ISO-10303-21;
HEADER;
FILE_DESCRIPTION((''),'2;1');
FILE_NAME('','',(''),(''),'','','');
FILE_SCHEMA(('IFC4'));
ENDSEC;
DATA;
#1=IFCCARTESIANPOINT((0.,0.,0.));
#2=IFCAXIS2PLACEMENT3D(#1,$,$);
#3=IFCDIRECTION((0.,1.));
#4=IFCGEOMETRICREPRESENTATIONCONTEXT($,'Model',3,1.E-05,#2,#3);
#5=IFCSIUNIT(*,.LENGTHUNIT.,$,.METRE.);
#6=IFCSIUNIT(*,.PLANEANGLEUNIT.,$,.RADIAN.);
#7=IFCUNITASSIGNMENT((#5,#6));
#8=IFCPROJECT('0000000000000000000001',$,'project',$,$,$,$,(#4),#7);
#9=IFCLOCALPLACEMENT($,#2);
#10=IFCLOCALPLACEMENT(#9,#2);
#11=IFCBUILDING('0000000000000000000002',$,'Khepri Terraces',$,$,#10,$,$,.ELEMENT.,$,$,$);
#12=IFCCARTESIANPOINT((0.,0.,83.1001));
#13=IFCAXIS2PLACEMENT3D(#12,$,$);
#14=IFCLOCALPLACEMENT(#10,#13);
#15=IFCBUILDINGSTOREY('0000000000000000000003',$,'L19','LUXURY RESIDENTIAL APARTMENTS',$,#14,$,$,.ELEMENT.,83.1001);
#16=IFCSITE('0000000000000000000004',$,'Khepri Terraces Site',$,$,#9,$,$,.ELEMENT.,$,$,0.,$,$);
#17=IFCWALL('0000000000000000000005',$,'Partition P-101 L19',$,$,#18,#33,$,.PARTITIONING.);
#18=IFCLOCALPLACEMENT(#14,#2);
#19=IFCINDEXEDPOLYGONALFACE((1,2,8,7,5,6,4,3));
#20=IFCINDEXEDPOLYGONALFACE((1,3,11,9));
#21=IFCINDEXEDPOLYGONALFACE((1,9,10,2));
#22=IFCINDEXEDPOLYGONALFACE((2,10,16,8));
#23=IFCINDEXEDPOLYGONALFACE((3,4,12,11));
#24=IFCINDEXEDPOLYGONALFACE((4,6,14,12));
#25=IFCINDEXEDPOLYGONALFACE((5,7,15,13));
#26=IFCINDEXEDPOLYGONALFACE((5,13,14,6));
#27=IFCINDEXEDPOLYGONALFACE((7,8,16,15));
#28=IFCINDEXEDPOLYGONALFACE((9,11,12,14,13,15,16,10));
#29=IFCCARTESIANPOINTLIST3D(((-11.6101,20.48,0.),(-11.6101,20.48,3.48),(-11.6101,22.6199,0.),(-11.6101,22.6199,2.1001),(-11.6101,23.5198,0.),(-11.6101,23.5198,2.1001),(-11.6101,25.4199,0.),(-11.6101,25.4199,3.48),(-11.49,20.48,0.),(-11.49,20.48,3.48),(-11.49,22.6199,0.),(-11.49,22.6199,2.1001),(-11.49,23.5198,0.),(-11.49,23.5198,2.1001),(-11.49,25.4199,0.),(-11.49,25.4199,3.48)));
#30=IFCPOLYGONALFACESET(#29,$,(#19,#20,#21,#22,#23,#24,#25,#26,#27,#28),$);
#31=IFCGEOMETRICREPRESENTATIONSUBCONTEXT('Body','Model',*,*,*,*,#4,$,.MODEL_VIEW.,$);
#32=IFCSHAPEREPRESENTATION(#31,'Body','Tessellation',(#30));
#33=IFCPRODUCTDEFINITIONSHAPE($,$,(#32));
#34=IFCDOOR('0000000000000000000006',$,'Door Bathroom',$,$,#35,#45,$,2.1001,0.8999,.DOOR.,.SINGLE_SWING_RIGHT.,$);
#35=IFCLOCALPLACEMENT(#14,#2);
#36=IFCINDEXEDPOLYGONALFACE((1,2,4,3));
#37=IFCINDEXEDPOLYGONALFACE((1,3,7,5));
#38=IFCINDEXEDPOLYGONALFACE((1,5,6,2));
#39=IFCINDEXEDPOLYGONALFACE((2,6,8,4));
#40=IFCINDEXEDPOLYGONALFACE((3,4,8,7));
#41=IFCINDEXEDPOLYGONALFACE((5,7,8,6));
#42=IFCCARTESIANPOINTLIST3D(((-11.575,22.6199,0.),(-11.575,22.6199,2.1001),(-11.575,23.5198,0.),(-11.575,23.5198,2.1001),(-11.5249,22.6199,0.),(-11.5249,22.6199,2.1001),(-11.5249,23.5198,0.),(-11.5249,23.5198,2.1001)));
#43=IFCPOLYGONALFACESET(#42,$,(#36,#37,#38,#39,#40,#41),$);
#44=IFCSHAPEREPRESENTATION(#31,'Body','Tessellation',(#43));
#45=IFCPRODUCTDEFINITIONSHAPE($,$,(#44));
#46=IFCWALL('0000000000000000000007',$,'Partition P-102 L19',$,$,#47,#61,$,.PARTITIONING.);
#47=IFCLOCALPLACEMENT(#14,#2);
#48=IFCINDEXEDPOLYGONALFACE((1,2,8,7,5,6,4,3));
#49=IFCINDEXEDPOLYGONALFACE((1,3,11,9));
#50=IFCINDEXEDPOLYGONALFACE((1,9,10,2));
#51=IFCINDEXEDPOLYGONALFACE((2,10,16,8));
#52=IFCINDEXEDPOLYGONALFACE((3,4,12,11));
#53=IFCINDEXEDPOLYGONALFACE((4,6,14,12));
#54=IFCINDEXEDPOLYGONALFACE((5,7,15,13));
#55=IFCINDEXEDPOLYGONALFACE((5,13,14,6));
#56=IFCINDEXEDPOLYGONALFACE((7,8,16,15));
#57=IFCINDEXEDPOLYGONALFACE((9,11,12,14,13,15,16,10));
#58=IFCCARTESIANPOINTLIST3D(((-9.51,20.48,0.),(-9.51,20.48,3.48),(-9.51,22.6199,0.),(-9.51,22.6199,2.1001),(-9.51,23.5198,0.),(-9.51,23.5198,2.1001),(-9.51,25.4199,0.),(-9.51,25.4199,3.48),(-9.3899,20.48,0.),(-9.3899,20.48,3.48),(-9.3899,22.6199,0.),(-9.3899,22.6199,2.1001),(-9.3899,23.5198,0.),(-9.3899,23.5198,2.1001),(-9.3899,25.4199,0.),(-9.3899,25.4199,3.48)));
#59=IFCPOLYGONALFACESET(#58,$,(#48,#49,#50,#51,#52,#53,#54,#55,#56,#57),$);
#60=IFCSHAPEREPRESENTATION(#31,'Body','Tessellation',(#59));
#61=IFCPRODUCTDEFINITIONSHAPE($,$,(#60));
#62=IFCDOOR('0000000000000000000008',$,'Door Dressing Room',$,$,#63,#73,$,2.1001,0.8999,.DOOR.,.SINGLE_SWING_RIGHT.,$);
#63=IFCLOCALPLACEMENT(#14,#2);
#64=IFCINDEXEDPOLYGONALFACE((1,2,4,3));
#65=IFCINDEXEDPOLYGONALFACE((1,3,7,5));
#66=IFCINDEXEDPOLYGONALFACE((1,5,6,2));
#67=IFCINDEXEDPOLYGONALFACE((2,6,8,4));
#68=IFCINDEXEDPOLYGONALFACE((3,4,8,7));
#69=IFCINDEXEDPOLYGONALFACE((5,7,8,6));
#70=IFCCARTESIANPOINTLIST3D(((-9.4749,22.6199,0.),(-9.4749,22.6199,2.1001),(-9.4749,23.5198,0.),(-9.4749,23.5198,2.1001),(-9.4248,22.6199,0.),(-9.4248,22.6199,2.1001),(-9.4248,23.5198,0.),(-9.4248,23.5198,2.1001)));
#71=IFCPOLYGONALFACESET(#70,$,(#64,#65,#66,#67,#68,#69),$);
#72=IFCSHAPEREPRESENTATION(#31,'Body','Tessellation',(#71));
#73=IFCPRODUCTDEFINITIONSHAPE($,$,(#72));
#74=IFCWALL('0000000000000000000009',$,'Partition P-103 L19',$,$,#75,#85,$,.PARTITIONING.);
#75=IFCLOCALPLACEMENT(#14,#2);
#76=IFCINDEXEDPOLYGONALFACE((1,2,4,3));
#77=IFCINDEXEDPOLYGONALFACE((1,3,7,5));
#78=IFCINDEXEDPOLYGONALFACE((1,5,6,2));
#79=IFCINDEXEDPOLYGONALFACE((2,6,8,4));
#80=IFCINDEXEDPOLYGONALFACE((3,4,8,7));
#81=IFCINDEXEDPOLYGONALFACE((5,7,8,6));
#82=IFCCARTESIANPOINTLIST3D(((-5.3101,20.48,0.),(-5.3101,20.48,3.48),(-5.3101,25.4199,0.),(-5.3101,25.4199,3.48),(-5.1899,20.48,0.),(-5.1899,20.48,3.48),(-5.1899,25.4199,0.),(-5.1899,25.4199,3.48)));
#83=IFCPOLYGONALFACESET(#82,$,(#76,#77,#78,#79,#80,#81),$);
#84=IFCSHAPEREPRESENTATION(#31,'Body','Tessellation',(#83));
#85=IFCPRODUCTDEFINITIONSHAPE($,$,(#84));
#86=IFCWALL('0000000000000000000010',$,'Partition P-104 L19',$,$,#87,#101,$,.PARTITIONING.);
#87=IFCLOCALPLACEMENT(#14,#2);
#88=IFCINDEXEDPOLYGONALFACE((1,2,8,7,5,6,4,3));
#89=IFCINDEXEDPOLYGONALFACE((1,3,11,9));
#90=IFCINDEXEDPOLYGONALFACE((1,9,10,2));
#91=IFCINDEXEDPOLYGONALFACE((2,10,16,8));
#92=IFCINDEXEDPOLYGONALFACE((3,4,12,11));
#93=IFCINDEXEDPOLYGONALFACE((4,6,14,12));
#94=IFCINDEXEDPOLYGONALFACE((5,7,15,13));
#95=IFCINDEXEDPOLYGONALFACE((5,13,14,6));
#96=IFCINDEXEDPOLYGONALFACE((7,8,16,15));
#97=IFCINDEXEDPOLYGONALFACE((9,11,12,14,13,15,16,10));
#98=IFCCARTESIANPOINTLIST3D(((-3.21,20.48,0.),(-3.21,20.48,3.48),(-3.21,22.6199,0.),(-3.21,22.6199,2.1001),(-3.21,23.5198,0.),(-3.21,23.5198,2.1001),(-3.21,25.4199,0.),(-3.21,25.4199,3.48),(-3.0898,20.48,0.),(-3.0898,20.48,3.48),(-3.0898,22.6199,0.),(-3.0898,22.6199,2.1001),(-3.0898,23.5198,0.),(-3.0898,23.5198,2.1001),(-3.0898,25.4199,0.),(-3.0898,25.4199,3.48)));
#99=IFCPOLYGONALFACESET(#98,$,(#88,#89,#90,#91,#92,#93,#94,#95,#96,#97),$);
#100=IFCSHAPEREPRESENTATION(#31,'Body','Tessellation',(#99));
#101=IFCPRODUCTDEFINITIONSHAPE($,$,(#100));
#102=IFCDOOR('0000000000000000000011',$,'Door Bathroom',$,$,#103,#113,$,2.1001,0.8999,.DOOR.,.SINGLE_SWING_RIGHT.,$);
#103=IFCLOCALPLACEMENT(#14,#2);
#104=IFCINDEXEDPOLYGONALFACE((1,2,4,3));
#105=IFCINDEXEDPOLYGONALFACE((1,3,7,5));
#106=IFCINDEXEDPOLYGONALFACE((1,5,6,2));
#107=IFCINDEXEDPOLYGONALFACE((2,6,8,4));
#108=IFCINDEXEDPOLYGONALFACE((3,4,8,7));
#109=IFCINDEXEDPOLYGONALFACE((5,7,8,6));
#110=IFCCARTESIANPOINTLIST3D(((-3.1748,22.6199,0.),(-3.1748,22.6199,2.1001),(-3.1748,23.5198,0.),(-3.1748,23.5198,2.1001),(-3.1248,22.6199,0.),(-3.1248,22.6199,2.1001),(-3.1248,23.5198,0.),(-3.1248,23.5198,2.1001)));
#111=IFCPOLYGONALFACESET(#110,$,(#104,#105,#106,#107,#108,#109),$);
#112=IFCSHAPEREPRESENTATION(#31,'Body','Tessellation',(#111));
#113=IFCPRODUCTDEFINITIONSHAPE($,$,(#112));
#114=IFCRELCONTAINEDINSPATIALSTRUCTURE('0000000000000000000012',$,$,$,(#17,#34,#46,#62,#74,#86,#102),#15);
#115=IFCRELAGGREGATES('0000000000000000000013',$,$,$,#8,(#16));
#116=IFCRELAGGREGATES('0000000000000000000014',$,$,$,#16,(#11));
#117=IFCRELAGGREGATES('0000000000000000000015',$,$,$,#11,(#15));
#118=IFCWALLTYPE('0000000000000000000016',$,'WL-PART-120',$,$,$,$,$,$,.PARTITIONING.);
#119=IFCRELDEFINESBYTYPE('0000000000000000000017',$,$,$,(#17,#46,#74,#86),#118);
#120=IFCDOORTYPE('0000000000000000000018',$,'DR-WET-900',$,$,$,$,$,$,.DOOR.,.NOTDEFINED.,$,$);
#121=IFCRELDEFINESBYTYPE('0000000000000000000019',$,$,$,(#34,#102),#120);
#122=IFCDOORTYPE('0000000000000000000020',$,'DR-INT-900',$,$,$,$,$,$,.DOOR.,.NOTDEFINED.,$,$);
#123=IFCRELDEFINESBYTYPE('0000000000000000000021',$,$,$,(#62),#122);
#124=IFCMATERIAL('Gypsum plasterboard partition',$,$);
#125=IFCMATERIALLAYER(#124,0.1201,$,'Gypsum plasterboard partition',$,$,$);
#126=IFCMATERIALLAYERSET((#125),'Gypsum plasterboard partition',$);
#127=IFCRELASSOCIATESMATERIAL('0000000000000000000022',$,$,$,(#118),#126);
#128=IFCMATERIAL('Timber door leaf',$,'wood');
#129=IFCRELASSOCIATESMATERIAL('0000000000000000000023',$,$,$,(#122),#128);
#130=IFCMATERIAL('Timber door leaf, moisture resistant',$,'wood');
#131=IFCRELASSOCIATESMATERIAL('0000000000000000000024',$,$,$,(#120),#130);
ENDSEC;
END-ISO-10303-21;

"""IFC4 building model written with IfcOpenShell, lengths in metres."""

from ifc_helpers import new_model, si_unit, direction, frame, frame_2d, origin, place, context, subcontext, project, spatial, rectangle, extrude, material, layer, layer_set, type_object, element, fill, save


model = new_model("IFC4")

# Units and contexts
model_context = context("Model", 3, precision=1e-05, world=origin(), true_north=direction((0.0, 1.0)))
body_context = subcontext(model_context, "Body", "Model", "MODEL_VIEW")
ifc_project = project(units=[si_unit("LENGTHUNIT", "METRE"), si_unit("PLANEANGLEUNIT", "RADIAN")], contexts=[model_context])

# Site, building, storey
site_placement = place(None, origin())
site = spatial("IfcSite", under=ifc_project, at=site_placement, Name="Khepri Terraces Site", CompositionType="ELEMENT", RefElevation=0.0)
building_placement = place(site_placement, origin())
building = spatial("IfcBuilding", under=site, at=building_placement, Name="Khepri Terraces", CompositionType="ELEMENT")
storey_placement = place(building_placement, frame((0.0, 0.0, 83.1001)))
storey = spatial("IfcBuildingStorey", under=building, at=storey_placement, Name="L19", Description="LUXURY RESIDENTIAL APARTMENTS", CompositionType="ELEMENT", Elevation=83.1001)

# Shared definitions
ifc_material_1 = material(Name="Gypsum plasterboard partition")
ifc_layer_1 = layer(ifc_material_1, 0.1201, Name="Gypsum plasterboard partition")
ifc_layer_set_1 = layer_set([ifc_layer_1], Name="Gypsum plasterboard partition")
wall_type_1 = type_object("IfcWallType", Name="WL-PART-120", PredefinedType="PARTITIONING", material=ifc_layer_set_1)
ifc_material_2 = material(Name="Timber door leaf", Category="wood")
door_type_1 = type_object("IfcDoorType", Name="DR-INT-900", OperationType="NOTDEFINED", PredefinedType="DOOR", material=ifc_material_2)

# Walls, openings, doors
wall_1_placement = place(storey_placement, frame((-11.55, 20.48, 0.0), z_axis=(0.0, 0.0, 1.0), x_axis=(0.0, 1.0, 0.0)))
wall_1 = element("IfcWall", 1, at=wall_1_placement, inside=storey, type_object=wall_type_1, Name="Partition P-101 L19", PredefinedType="PARTITIONING", context=body_context, shape_type="SweptSolid", body=[
    extrude(rectangle(XDim=4.9399, YDim=0.1201, at=frame_2d((2.47, 0.0))), origin(), (0.0, 0.0, 1.0), 3.48),
])
opening_1_placement = place(wall_1_placement, frame((2.1399, 0.0, 0.0)))
opening_1 = element("IfcOpeningElement", 2, at=opening_1_placement, cuts=wall_1, PredefinedType="OPENING", context=body_context, shape_type="SweptSolid", body=[
    extrude(rectangle(XDim=0.8999, YDim=2.1001, at=frame_2d((0.45, 1.05))), frame((0.0, 0.0701, 0.0), z_axis=(0.0, -1.0, 0.0), x_axis=(1.0, 0.0, 0.0)), (0.0, 0.0, 1.0), 0.1401),
])
ifc_material_3 = material(Name="Timber door leaf, moisture resistant", Category="wood")
door_type_2 = type_object("IfcDoorType", Name="DR-WET-900", OperationType="NOTDEFINED", PredefinedType="DOOR", material=ifc_material_3)
door_1_placement = place(opening_1_placement, origin())
door_1 = element("IfcDoor", 3, at=door_1_placement, inside=storey, type_object=door_type_2, Name="Door Bathroom", OperationType="SINGLE_SWING_RIGHT", OverallHeight=2.1001, OverallWidth=0.8999, PredefinedType="DOOR", context=body_context, shape_type="SweptSolid", body=[
    extrude(rectangle(XDim=0.8999, YDim=2.1001, at=frame_2d((0.45, 1.05))), frame((0.0, 0.0249, 0.0), z_axis=(0.0, -1.0, 0.0), x_axis=(1.0, 0.0, 0.0)), (0.0, 0.0, 1.0), 0.05),
])
fill(opening_1, door_1)
wall_2_placement = place(storey_placement, frame((-9.45, 20.48, 0.0), z_axis=(0.0, 0.0, 1.0), x_axis=(0.0, 1.0, 0.0)))
wall_2 = element("IfcWall", 4, at=wall_2_placement, inside=storey, type_object=wall_type_1, Name="Partition P-102 L19", PredefinedType="PARTITIONING", context=body_context, shape_type="SweptSolid", body=[
    extrude(rectangle(XDim=4.9399, YDim=0.1201, at=frame_2d((2.47, 0.0))), origin(), (0.0, 0.0, 1.0), 3.48),
])
opening_2_placement = place(wall_2_placement, frame((2.1399, 0.0, 0.0)))
opening_2 = element("IfcOpeningElement", 5, at=opening_2_placement, cuts=wall_2, PredefinedType="OPENING", context=body_context, shape_type="SweptSolid", body=[
    extrude(rectangle(XDim=0.8999, YDim=2.1001, at=frame_2d((0.45, 1.05))), frame((0.0, 0.0701, 0.0), z_axis=(0.0, -1.0, 0.0), x_axis=(1.0, 0.0, 0.0)), (0.0, 0.0, 1.0), 0.1401),
])
door_2_placement = place(opening_2_placement, origin())
door_2 = element("IfcDoor", 6, at=door_2_placement, inside=storey, type_object=door_type_1, Name="Door Dressing Room", OperationType="SINGLE_SWING_RIGHT", OverallHeight=2.1001, OverallWidth=0.8999, PredefinedType="DOOR", context=body_context, shape_type="SweptSolid", body=[
    extrude(rectangle(XDim=0.8999, YDim=2.1001, at=frame_2d((0.45, 1.05))), frame((0.0, 0.0249, 0.0), z_axis=(0.0, -1.0, 0.0), x_axis=(1.0, 0.0, 0.0)), (0.0, 0.0, 1.0), 0.05),
])
fill(opening_2, door_2)

# Wall
wall_3_placement = place(storey_placement, frame((-5.25, 20.48, 0.0), z_axis=(0.0, 0.0, 1.0), x_axis=(0.0, 1.0, 0.0)))
element("IfcWall", 7, at=wall_3_placement, inside=storey, type_object=wall_type_1, Name="Partition P-103 L19", PredefinedType="PARTITIONING", context=body_context, shape_type="SweptSolid", body=[
    extrude(rectangle(XDim=4.9399, YDim=0.1201, at=frame_2d((2.47, 0.0))), origin(), (0.0, 0.0, 1.0), 3.48),
])

# Wall, opening, door
wall_4_placement = place(storey_placement, frame((-3.1499, 20.48, 0.0), z_axis=(0.0, 0.0, 1.0), x_axis=(0.0, 1.0, 0.0)))
wall_4 = element("IfcWall", 8, at=wall_4_placement, inside=storey, type_object=wall_type_1, Name="Partition P-104 L19", PredefinedType="PARTITIONING", context=body_context, shape_type="SweptSolid", body=[
    extrude(rectangle(XDim=4.9399, YDim=0.1201, at=frame_2d((2.47, 0.0))), origin(), (0.0, 0.0, 1.0), 3.48),
])
opening_3_placement = place(wall_4_placement, frame((2.1399, 0.0, 0.0)))
opening_3 = element("IfcOpeningElement", 9, at=opening_3_placement, cuts=wall_4, PredefinedType="OPENING", context=body_context, shape_type="SweptSolid", body=[
    extrude(rectangle(XDim=0.8999, YDim=2.1001, at=frame_2d((0.45, 1.05))), frame((0.0, 0.0701, 0.0), z_axis=(0.0, -1.0, 0.0), x_axis=(1.0, 0.0, 0.0)), (0.0, 0.0, 1.0), 0.1401),
])
door_3_placement = place(opening_3_placement, origin())
door_3 = element("IfcDoor", 10, at=door_3_placement, inside=storey, type_object=door_type_2, Name="Door Bathroom", OperationType="SINGLE_SWING_RIGHT", OverallHeight=2.1001, OverallWidth=0.8999, PredefinedType="DOOR", context=body_context, shape_type="SweptSolid", body=[
    extrude(rectangle(XDim=0.8999, YDim=2.1001, at=frame_2d((0.45, 1.05))), frame((0.0, 0.0249, 0.0), z_axis=(0.0, -1.0, 0.0), x_axis=(1.0, 0.0, 0.0)), (0.0, 0.0, 1.0), 0.05),
])
fill(opening_3, door_3)

save(model, "model.ifc")
